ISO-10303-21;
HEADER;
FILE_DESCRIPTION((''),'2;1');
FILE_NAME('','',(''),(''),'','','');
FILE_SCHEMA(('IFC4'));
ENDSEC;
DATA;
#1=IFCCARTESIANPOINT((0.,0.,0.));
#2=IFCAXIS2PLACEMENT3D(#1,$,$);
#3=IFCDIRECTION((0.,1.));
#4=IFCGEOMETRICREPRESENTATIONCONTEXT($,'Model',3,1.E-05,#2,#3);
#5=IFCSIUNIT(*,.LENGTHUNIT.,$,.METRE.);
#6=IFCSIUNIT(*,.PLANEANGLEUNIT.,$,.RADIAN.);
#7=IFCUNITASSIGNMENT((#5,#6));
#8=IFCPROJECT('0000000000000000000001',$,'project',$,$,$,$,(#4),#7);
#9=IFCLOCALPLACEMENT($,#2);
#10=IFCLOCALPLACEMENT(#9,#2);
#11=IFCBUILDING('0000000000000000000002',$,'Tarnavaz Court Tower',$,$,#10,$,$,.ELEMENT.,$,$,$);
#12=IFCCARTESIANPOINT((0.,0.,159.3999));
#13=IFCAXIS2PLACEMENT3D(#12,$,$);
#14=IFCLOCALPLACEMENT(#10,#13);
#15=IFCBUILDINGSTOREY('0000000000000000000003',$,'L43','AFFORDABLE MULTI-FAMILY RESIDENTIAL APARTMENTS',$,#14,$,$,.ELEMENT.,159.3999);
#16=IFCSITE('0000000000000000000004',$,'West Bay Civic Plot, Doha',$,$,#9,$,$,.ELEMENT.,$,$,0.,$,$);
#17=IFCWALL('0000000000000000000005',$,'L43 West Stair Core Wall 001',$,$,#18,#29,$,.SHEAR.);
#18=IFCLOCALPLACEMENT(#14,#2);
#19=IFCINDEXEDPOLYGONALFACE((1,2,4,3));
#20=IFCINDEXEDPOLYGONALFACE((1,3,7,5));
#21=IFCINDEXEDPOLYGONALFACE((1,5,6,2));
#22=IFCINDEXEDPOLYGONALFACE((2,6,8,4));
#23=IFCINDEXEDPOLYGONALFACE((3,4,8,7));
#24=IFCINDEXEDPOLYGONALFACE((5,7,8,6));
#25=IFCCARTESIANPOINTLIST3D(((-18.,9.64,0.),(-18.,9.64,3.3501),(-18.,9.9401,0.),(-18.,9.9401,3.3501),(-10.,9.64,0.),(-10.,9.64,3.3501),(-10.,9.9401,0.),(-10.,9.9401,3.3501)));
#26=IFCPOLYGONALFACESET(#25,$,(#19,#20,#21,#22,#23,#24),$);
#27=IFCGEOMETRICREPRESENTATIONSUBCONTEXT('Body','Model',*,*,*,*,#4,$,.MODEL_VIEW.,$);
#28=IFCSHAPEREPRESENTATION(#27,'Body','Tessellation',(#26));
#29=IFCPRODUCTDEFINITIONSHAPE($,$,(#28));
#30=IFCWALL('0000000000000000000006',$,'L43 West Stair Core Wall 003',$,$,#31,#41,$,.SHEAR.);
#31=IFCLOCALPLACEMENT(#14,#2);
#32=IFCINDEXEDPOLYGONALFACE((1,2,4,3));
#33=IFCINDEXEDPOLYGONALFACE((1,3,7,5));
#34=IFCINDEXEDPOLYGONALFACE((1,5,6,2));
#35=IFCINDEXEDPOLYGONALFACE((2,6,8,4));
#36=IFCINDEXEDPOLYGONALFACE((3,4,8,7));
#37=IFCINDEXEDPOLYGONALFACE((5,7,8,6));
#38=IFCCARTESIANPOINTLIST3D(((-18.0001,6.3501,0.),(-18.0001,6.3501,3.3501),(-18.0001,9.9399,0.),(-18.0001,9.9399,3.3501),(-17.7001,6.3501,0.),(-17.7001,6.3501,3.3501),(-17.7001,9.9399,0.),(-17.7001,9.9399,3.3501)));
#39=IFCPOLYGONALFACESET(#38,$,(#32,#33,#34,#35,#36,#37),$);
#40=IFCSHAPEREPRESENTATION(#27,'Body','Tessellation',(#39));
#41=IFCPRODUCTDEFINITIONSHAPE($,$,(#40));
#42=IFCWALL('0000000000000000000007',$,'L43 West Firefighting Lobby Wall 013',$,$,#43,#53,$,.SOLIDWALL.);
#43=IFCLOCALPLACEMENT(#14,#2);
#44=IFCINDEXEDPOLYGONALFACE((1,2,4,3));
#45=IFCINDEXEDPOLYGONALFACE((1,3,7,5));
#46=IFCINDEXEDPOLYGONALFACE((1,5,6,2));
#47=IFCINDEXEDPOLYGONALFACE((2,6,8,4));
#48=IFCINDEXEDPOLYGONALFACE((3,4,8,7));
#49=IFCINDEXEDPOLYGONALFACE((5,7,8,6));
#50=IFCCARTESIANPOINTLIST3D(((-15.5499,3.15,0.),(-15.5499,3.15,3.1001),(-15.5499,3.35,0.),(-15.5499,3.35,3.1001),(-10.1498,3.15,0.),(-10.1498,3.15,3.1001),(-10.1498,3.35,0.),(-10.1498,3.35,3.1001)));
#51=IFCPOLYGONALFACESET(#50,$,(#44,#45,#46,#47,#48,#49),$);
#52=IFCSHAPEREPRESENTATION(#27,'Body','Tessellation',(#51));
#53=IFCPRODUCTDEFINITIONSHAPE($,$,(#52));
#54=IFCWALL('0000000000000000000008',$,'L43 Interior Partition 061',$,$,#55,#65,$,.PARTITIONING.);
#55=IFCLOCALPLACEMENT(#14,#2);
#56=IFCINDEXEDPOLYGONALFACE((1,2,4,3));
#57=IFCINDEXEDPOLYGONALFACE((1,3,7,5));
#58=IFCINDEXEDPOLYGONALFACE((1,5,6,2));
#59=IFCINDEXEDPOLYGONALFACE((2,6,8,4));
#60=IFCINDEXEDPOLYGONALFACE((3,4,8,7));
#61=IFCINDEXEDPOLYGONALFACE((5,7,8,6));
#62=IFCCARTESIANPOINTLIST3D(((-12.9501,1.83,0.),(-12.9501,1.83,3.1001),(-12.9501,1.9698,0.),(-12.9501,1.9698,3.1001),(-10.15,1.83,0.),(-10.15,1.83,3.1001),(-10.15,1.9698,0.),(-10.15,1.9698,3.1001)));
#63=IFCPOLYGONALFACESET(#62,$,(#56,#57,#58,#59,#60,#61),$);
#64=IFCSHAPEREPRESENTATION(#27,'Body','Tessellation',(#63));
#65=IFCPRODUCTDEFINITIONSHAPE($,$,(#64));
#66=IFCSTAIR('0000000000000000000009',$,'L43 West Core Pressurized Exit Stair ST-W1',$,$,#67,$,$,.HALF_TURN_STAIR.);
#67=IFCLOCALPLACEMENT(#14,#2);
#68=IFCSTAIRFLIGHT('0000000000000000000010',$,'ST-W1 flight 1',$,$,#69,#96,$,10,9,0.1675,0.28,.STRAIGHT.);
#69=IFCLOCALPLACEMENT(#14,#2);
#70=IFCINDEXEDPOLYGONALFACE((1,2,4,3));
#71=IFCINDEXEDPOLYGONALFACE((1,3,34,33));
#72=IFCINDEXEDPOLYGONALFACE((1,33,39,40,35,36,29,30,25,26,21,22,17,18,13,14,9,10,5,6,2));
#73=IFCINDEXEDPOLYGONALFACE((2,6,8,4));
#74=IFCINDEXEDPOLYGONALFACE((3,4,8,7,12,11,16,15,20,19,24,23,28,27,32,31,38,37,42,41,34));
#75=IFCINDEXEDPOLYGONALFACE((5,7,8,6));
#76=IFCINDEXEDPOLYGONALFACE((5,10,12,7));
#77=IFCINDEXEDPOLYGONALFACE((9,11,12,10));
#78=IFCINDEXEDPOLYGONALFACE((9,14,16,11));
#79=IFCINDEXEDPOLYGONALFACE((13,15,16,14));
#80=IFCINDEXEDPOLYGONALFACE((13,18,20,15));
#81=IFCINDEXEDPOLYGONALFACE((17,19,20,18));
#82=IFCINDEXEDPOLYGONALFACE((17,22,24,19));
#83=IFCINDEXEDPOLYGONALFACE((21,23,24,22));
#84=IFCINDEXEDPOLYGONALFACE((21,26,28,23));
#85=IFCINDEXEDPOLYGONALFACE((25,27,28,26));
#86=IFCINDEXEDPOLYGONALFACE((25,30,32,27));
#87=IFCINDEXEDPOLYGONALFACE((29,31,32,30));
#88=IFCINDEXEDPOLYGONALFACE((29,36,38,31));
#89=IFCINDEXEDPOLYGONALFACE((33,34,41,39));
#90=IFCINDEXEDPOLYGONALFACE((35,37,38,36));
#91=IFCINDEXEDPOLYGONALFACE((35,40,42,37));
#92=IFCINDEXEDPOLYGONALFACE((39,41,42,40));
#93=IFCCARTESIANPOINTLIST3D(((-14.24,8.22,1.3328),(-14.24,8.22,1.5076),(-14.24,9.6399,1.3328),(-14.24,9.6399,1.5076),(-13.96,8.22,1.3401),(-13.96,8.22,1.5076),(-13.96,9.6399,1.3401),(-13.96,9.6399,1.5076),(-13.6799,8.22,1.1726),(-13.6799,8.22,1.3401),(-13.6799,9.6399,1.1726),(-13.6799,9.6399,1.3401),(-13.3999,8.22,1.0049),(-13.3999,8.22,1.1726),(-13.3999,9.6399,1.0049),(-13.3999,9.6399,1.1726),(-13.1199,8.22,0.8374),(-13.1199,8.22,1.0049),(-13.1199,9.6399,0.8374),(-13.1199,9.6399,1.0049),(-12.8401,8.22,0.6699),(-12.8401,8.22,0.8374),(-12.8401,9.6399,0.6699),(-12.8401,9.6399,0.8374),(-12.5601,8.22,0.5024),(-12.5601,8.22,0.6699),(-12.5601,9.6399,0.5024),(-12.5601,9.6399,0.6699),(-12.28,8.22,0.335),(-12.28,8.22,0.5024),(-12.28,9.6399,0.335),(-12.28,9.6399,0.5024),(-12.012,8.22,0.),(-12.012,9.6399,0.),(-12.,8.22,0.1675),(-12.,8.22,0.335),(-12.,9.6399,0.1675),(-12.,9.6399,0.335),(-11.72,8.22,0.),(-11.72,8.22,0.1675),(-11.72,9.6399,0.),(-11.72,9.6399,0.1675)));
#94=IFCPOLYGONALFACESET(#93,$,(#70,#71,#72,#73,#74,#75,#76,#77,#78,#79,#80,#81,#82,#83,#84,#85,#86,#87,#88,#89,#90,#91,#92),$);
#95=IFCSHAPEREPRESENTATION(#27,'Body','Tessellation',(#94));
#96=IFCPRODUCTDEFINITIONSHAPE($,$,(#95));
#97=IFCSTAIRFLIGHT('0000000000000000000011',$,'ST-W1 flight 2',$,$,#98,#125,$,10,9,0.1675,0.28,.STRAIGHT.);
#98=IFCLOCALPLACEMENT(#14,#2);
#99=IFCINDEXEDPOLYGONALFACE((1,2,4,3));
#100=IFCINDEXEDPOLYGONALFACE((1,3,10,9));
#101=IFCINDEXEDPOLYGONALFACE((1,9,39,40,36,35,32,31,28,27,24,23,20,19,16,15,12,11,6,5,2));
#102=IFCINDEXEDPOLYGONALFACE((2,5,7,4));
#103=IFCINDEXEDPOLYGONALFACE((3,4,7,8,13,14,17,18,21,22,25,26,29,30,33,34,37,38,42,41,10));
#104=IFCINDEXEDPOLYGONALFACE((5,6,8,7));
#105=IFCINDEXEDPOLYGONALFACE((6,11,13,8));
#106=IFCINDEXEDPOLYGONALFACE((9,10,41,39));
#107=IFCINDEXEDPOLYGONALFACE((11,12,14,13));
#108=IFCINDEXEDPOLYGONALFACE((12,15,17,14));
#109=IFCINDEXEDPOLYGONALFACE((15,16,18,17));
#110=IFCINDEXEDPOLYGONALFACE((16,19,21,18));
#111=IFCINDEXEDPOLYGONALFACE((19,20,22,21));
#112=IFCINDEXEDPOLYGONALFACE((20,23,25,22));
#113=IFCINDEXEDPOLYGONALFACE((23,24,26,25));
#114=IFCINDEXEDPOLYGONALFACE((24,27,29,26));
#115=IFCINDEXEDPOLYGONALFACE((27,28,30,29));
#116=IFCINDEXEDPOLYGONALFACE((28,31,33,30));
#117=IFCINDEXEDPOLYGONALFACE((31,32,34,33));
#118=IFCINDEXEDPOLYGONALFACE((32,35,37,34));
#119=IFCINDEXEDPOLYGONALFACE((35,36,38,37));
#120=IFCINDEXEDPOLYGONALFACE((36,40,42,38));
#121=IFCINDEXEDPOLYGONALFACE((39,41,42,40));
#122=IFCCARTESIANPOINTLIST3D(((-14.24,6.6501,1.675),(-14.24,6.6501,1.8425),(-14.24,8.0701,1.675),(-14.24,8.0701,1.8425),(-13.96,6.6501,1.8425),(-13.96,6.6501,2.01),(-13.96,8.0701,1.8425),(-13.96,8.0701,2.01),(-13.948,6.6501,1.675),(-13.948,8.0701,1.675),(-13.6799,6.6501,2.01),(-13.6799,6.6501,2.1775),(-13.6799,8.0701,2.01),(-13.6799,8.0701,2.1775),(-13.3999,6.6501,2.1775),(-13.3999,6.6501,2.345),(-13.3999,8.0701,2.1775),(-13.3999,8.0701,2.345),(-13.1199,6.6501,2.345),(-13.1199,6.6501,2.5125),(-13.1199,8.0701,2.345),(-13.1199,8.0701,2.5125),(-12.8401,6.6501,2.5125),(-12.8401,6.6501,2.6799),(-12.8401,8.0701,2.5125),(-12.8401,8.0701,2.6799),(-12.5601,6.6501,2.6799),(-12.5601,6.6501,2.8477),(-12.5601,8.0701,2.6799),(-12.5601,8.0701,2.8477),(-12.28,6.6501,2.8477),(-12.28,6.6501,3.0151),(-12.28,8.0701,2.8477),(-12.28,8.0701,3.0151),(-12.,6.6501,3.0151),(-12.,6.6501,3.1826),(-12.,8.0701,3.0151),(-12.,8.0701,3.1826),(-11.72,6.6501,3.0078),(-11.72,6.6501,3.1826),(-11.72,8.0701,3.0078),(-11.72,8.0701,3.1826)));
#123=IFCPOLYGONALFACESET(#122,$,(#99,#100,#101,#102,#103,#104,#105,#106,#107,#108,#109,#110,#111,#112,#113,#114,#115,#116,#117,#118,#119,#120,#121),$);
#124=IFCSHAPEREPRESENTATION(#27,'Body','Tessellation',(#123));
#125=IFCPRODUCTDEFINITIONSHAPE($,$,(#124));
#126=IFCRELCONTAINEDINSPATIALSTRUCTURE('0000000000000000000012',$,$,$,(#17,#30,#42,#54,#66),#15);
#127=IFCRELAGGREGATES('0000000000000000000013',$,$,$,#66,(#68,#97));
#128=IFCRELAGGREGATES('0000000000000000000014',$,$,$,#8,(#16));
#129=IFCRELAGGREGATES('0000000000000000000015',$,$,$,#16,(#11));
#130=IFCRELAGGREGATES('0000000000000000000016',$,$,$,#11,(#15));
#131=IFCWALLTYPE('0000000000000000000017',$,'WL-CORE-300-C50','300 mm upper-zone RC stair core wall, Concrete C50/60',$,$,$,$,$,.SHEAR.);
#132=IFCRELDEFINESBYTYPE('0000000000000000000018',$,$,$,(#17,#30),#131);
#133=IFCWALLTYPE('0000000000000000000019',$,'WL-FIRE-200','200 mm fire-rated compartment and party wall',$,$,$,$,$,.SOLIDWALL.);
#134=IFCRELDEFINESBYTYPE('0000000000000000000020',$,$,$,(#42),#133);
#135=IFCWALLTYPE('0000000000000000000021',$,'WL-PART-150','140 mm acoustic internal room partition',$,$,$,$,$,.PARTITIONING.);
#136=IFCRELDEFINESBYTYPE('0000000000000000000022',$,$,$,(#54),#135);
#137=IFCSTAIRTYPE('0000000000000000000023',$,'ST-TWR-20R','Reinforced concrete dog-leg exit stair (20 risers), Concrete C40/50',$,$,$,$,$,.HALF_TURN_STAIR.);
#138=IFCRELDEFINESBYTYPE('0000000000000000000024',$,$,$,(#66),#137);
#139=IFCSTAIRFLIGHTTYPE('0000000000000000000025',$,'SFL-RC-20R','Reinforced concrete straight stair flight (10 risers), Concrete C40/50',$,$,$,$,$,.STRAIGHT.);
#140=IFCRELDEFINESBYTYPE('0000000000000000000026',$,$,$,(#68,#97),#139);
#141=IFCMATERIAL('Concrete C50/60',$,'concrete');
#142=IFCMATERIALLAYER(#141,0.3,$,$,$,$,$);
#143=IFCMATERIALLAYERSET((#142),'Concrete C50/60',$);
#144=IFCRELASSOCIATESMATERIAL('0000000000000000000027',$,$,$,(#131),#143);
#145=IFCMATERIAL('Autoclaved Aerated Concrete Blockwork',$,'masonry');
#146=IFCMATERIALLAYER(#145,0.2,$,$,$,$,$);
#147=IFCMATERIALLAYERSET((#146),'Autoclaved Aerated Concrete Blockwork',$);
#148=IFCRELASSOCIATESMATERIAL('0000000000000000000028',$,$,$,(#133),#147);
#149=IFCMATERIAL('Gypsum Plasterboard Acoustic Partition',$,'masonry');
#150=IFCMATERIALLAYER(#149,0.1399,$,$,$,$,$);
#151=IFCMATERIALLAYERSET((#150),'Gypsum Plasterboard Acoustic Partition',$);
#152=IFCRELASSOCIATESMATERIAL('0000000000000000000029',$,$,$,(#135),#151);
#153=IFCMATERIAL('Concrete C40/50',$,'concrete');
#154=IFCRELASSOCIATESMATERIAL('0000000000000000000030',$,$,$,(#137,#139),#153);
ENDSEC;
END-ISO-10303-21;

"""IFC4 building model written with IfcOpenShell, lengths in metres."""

from ifc_helpers import new_model, si_unit, direction, frame, frame_2d, origin, place, context, subcontext, project, spatial, polyline, rectangle, outline, extrude, material, layer, layer_set, type_object, element, aggregate, save


model = new_model("IFC4")

# Units and contexts
model_context = context("Model", 3, precision=1e-05, world=origin(), true_north=direction((0.0, 1.0)))
body_context = subcontext(model_context, "Body", "Model", "MODEL_VIEW")
ifc_project = project(units=[si_unit("LENGTHUNIT", "METRE"), si_unit("PLANEANGLEUNIT", "RADIAN")], contexts=[model_context])

# Site, building, storey
site_placement = place(None, origin())
site = spatial("IfcSite", under=ifc_project, at=site_placement, Name="West Bay Civic Plot, Doha", CompositionType="ELEMENT", RefElevation=0.0)
building_placement = place(site_placement, origin())
building = spatial("IfcBuilding", under=site, at=building_placement, Name="Tarnavaz Court Tower", CompositionType="ELEMENT")
storey_placement = place(building_placement, frame((0.0, 0.0, 159.3999)))
storey = spatial("IfcBuildingStorey", under=building, at=storey_placement, Name="L43", Description="AFFORDABLE MULTI-FAMILY RESIDENTIAL APARTMENTS", CompositionType="ELEMENT", Elevation=159.3999)

# Shared definitions
ifc_material_1 = material(Name="Concrete C50/60", Category="concrete")

# Wall
ifc_layer_1 = layer(ifc_material_1, 0.3)
ifc_layer_set_1 = layer_set([ifc_layer_1], Name="Concrete C50/60")
wall_type_1 = type_object("IfcWallType", Name="WL-CORE-300-C50", Description="300 mm upper-zone RC stair core wall, Concrete C50/60", PredefinedType="SHEAR", material=ifc_layer_set_1)
wall_1_placement = place(storey_placement, frame((-18.0, 9.79, 0.0), z_axis=(0.0, 0.0, 1.0), x_axis=(1.0, 0.0, 0.0)))
element("IfcWall", 1, at=wall_1_placement, inside=storey, type_object=wall_type_1, Name="L43 West Stair Core Wall 001", PredefinedType="SHEAR", context=body_context, shape_type="SweptSolid", body=[
    extrude(rectangle(XDim=8.0, YDim=0.3, at=frame_2d((4.0, 0.0))), origin(), (0.0, 0.0, 1.0), 3.3501),
])

# Walls
wall_2_placement = place(storey_placement, frame((-17.8501, 6.3501, 0.0), z_axis=(0.0, 0.0, 1.0), x_axis=(0.0, 1.0, 0.0)))
element("IfcWall", 2, at=wall_2_placement, inside=storey, type_object=wall_type_1, Name="L43 West Stair Core Wall 003", PredefinedType="SHEAR", context=body_context, shape_type="SweptSolid", body=[
    extrude(rectangle(XDim=3.5898, YDim=0.3, at=frame_2d((1.7949, 0.0))), origin(), (0.0, 0.0, 1.0), 3.3501),
])
ifc_material_2 = material(Name="Autoclaved Aerated Concrete Blockwork", Category="masonry")
ifc_layer_2 = layer(ifc_material_2, 0.2)
ifc_layer_set_2 = layer_set([ifc_layer_2], Name="Autoclaved Aerated Concrete Blockwork")
wall_type_2 = type_object("IfcWallType", Name="WL-FIRE-200", Description="200 mm fire-rated compartment and party wall", PredefinedType="SOLIDWALL", material=ifc_layer_set_2)
wall_3_placement = place(storey_placement, frame((-15.55, 3.25, 0.0), z_axis=(0.0, 0.0, 1.0), x_axis=(1.0, 0.0, 0.0)))
element("IfcWall", 3, at=wall_3_placement, inside=storey, type_object=wall_type_2, Name="L43 West Firefighting Lobby Wall 013", PredefinedType="SOLIDWALL", context=body_context, shape_type="SweptSolid", body=[
    extrude(rectangle(XDim=5.4001, YDim=0.2, at=frame_2d((2.7002, 0.0))), origin(), (0.0, 0.0, 1.0), 3.1001),
])
ifc_material_3 = material(Name="Gypsum Plasterboard Acoustic Partition", Category="masonry")
ifc_layer_3 = layer(ifc_material_3, 0.1399)
ifc_layer_set_3 = layer_set([ifc_layer_3], Name="Gypsum Plasterboard Acoustic Partition")
wall_type_3 = type_object("IfcWallType", Name="WL-PART-150", Description="140 mm acoustic internal room partition", PredefinedType="PARTITIONING", material=ifc_layer_set_3)
wall_4_placement = place(storey_placement, frame((-12.95, 1.8999, 0.0), z_axis=(0.0, 0.0, 1.0), x_axis=(1.0, 0.0, 0.0)))
element("IfcWall", 4, at=wall_4_placement, inside=storey, type_object=wall_type_3, Name="L43 Interior Partition 061", PredefinedType="PARTITIONING", context=body_context, shape_type="SweptSolid", body=[
    extrude(rectangle(XDim=2.8, YDim=0.1399, at=frame_2d((1.3999, 0.0))), origin(), (0.0, 0.0, 1.0), 3.1001),
])

# Stair, stair flights
ifc_material_4 = material(Name="Concrete C40/50", Category="concrete")
stair_type = type_object("IfcStairType", Name="ST-TWR-20R", Description="Reinforced concrete dog-leg exit stair (20 risers), Concrete C40/50", PredefinedType="HALF_TURN_STAIR", material=ifc_material_4)
stair_placement = place(storey_placement, origin())
stair = element("IfcStair", 5, at=stair_placement, inside=storey, type_object=stair_type, Name="L43 West Core Pressurized Exit Stair ST-W1", PredefinedType="HALF_TURN_STAIR")
stair_flight_type = type_object("IfcStairFlightType", Name="SFL-RC-20R", Description="Reinforced concrete straight stair flight (10 risers), Concrete C40/50", PredefinedType="STRAIGHT", material=ifc_material_4)
stair_flight_1_placement = place(storey_placement, frame((-11.72, 8.9299, 0.0), z_axis=(0.0, 0.0, 1.0), x_axis=(-1.0, 0.0, 0.0)))
stair_flight_1 = element("IfcStairFlight", 6, at=stair_flight_1_placement, type_object=stair_flight_type, Name="ST-W1 flight 1", NumberOfRisers=10, NumberOfTreads=9, PredefinedType="STRAIGHT", RiserHeight=0.1675, TreadLength=0.28, context=body_context, shape_type="SweptSolid", body=[
    extrude(outline(polyline([(0.0, 0.0), (0.0, 0.1675), (0.28, 0.1675), (0.28, 0.335), (0.5601, 0.335), (0.5601, 0.5024), (0.8401, 0.5024), (0.8401, 0.6699), (1.1201, 0.6699), (1.1201, 0.8374), (1.3999, 0.8374), (1.3999, 1.0049), (1.6799, 1.0049), (1.6799, 1.1726), (1.96, 1.1726), (1.96, 1.3401), (2.24, 1.3401), (2.24, 1.5076), (2.52, 1.5076), (2.52, 1.675), (2.52, 1.3328), (0.292, 0.0), (0.0, 0.0)])), frame((0.0, 0.71, 0.0), z_axis=(0.0, -1.0, 0.0), x_axis=(1.0, 0.0, 0.0)), (0.0, 0.0, 1.0), 1.4199),
])
stair_flight_2_placement = place(storey_placement, frame((-14.24, 7.3601, 1.675), z_axis=(0.0, 0.0, 1.0), x_axis=(1.0, 0.0, 0.0)))
stair_flight_2 = element("IfcStairFlight", 7, at=stair_flight_2_placement, type_object=stair_flight_type, Name="ST-W1 flight 2", NumberOfRisers=10, NumberOfTreads=9, PredefinedType="STRAIGHT", RiserHeight=0.1675, TreadLength=0.28, context=body_context, shape_type="SweptSolid", body=[
    extrude(outline(polyline([(0.0, 0.0), (0.0, 0.1675), (0.28, 0.1675), (0.28, 0.335), (0.5601, 0.335), (0.5601, 0.5024), (0.8401, 0.5024), (0.8401, 0.6699), (1.1201, 0.6699), (1.1201, 0.8374), (1.3999, 0.8374), (1.3999, 1.0049), (1.6799, 1.0049), (1.6799, 1.1726), (1.96, 1.1726), (1.96, 1.3401), (2.24, 1.3401), (2.24, 1.5076), (2.52, 1.5076), (2.52, 1.675), (2.52, 1.3328), (0.292, 0.0), (0.0, 0.0)])), frame((0.0, 0.71, 0.0), z_axis=(0.0, -1.0, 0.0), x_axis=(1.0, 0.0, 0.0)), (0.0, 0.0, 1.0), 1.4199),
])
aggregate(stair, [stair_flight_1, stair_flight_2])

save(model, "model.ifc")
